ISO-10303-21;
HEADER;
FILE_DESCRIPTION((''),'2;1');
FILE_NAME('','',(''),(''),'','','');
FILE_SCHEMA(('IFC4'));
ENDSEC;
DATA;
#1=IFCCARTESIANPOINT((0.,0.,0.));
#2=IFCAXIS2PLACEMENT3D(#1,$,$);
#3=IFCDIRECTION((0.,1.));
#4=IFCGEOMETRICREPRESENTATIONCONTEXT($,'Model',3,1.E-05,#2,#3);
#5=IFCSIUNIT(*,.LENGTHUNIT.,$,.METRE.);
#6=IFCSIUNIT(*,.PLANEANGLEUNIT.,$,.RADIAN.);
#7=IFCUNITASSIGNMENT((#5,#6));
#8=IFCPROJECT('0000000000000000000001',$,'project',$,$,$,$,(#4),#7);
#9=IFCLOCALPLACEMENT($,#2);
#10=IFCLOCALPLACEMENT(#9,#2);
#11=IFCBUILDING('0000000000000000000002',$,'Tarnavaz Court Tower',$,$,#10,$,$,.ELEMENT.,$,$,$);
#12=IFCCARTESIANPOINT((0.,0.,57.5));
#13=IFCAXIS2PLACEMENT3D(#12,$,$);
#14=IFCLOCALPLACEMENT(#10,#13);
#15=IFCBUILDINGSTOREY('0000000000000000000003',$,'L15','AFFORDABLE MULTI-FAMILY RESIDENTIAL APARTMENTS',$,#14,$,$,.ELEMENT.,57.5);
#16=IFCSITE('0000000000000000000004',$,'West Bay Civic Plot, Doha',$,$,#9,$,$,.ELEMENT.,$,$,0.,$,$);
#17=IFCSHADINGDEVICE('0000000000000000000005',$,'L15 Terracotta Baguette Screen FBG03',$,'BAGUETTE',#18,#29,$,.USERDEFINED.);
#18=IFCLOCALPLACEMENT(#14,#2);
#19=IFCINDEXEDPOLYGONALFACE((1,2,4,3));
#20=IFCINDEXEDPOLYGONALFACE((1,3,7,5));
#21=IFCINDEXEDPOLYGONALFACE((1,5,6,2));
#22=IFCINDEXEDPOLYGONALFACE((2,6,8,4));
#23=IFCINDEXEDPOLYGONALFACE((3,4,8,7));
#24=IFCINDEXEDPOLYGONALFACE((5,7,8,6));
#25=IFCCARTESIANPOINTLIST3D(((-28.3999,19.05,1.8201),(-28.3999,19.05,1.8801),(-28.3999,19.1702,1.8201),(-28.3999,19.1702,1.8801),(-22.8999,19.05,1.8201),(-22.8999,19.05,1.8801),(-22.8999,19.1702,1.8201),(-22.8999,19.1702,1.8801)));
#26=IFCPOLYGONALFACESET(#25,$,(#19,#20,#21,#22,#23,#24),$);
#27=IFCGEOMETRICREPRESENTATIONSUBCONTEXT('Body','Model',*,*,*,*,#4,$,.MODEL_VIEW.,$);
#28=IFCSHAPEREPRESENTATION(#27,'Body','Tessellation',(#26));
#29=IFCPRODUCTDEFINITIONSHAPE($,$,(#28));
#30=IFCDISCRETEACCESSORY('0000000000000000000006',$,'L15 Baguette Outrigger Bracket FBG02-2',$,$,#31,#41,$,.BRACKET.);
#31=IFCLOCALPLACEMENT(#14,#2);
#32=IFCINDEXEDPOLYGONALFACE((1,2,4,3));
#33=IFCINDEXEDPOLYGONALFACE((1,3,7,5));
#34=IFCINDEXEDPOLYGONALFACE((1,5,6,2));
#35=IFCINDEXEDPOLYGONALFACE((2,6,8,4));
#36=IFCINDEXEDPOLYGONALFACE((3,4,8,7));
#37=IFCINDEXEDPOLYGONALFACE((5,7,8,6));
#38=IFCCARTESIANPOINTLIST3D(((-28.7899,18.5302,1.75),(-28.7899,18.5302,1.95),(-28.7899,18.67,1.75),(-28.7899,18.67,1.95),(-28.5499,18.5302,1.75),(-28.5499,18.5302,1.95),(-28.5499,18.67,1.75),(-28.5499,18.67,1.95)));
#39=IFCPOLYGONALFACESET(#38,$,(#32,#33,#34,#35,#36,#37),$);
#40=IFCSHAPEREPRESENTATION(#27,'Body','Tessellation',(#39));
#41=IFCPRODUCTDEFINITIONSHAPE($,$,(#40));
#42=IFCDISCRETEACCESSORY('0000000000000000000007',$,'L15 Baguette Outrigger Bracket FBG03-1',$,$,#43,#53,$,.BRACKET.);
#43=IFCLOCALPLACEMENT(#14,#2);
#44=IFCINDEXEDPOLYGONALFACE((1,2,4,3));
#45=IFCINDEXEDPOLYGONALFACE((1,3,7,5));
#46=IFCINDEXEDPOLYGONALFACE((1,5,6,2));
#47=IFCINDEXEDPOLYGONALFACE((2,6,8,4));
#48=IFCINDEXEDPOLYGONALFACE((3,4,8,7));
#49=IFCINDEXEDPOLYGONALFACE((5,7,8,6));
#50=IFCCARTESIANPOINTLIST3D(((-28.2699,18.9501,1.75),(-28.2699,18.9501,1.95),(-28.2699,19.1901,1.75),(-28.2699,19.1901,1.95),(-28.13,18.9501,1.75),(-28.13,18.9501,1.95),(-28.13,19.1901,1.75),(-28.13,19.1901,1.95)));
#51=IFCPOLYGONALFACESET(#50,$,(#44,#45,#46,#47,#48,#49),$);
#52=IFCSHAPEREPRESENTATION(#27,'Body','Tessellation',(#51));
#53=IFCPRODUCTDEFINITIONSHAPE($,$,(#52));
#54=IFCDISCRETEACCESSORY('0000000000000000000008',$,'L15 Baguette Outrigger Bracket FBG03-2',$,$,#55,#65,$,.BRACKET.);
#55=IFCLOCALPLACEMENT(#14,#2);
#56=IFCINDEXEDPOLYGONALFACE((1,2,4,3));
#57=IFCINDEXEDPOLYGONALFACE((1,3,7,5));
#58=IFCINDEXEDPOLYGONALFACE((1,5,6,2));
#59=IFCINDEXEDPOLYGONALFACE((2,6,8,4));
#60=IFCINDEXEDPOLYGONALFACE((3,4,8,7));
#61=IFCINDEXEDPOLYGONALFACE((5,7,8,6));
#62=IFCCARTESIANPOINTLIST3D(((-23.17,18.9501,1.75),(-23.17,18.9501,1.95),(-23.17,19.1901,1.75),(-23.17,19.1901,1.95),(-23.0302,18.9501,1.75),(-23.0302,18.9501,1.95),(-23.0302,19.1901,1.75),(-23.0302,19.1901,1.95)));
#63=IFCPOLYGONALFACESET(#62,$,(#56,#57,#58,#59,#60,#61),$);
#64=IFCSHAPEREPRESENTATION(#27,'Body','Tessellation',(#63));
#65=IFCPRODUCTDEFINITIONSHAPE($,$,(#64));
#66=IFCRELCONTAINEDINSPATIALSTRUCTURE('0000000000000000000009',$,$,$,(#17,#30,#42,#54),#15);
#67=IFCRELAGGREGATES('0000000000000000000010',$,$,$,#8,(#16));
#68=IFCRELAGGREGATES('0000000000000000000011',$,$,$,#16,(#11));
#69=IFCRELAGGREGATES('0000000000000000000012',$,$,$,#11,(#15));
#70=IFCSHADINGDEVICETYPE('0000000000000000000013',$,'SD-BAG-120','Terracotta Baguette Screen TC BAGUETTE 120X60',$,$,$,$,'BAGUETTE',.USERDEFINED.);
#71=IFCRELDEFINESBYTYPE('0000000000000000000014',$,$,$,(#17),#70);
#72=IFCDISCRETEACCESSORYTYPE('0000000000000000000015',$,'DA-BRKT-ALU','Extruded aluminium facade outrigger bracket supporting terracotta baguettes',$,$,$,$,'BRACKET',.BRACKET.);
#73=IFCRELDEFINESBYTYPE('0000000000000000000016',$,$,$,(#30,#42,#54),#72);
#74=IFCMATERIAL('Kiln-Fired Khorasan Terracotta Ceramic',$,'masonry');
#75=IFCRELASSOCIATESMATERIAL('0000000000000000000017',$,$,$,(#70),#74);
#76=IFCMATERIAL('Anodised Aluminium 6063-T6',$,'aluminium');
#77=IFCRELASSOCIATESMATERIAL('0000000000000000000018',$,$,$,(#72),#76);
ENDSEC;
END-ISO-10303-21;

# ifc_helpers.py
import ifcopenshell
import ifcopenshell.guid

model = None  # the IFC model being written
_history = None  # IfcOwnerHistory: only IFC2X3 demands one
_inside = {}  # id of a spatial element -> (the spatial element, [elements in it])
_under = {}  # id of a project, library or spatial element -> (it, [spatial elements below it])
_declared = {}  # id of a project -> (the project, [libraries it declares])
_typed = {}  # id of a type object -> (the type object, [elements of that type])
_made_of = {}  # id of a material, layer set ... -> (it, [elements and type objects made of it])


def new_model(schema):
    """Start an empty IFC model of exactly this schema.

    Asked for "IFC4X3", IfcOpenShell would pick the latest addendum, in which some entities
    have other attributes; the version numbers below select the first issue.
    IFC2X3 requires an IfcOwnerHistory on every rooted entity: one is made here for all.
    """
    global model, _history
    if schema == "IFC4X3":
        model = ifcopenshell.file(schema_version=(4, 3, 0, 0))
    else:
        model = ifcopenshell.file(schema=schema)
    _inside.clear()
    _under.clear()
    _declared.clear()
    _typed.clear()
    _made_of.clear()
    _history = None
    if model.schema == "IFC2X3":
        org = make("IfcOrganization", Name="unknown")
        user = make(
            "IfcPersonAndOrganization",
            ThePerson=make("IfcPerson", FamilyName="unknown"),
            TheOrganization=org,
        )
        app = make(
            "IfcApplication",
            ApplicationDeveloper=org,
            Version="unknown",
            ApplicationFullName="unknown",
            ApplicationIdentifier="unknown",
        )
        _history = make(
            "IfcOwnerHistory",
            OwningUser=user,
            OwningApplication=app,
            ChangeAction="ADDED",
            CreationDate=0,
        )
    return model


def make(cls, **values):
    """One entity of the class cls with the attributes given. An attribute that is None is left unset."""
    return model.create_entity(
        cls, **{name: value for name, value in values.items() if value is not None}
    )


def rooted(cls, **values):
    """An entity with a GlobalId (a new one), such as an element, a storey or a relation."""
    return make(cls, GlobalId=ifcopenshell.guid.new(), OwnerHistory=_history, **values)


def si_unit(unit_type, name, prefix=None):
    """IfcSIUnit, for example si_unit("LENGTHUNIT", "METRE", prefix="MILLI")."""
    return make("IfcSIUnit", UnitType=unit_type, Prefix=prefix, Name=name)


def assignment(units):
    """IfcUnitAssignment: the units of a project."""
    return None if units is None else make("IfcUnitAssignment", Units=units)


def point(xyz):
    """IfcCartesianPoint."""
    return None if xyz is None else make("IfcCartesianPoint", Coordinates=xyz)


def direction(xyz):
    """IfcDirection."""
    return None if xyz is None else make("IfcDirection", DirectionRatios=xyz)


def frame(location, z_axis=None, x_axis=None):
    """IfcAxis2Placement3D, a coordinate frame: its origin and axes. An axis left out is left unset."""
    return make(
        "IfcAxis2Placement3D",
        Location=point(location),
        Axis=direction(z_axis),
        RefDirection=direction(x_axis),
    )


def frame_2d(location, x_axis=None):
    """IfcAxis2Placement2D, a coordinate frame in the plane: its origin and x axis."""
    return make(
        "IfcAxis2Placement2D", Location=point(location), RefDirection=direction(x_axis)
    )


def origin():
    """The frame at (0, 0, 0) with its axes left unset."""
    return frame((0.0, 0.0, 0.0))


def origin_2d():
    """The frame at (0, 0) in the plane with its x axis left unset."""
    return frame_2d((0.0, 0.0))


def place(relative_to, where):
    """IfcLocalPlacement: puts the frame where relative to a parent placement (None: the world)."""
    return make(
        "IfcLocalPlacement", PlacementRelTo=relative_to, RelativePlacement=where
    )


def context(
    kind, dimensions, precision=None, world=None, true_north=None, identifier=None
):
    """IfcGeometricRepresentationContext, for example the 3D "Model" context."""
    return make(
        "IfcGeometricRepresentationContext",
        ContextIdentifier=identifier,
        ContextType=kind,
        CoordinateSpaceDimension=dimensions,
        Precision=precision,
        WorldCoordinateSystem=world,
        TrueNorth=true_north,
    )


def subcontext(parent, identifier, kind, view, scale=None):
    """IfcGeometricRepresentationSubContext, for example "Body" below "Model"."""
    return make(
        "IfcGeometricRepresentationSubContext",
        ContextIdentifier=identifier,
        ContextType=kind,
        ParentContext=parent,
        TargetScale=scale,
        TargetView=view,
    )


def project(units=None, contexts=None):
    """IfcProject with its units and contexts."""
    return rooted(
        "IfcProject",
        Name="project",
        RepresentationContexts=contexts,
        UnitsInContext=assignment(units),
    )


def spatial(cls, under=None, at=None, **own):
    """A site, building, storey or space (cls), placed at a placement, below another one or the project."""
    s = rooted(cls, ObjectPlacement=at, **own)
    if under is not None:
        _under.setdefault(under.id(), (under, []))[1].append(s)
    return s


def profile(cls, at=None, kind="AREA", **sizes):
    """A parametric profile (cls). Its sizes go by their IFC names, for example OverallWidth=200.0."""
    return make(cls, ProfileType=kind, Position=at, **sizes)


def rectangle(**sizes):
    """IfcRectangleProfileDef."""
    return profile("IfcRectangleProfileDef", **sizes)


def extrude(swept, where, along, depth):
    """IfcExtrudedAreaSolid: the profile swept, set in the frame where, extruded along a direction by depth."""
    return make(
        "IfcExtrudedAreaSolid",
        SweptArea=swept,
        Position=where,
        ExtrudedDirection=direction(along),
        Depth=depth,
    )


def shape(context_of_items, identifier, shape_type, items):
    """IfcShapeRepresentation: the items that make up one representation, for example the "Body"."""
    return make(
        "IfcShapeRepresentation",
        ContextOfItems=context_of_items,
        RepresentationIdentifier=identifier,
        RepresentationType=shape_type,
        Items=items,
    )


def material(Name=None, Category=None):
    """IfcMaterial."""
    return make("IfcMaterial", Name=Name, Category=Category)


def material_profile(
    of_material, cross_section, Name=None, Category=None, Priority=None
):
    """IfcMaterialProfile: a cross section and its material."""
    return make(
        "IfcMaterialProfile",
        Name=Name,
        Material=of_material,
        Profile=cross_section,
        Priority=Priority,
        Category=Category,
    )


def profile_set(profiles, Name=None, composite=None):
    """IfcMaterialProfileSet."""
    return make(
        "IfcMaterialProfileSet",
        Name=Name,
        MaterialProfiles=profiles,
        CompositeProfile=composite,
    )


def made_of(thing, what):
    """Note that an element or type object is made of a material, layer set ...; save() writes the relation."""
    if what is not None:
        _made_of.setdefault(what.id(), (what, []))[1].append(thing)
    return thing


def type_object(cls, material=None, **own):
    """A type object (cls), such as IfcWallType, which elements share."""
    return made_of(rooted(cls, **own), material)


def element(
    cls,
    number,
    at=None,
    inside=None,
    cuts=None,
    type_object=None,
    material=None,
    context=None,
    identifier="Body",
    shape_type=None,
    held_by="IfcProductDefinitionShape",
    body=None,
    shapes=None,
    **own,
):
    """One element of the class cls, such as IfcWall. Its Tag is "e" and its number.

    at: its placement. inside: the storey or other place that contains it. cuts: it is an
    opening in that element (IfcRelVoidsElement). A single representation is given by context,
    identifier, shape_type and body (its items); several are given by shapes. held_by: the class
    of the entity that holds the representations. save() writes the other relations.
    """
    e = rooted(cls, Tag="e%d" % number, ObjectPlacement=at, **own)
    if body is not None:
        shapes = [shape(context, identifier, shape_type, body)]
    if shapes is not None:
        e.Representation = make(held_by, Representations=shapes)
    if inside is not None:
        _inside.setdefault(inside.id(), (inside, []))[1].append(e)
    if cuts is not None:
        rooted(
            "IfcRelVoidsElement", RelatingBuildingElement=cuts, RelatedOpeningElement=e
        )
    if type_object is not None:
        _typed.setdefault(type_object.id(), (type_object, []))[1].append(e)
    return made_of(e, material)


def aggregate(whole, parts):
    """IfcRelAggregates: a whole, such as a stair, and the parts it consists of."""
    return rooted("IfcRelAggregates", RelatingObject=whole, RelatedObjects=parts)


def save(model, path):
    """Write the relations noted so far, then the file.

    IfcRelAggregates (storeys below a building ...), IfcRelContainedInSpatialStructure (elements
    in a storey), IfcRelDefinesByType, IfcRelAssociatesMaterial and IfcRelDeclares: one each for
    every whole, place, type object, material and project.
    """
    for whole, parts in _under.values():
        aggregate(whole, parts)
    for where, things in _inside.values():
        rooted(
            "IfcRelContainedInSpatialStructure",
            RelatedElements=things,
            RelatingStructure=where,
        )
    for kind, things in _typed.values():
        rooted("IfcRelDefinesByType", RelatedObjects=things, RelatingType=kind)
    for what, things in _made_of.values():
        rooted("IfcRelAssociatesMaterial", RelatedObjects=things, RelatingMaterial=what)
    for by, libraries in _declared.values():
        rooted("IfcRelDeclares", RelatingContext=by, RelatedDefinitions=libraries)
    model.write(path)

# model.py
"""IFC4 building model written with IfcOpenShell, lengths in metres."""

from ifc_helpers import new_model, si_unit, direction, frame, origin, origin_2d, place, context, subcontext, project, spatial, rectangle, extrude, material, material_profile, profile_set, type_object, element, save


model = new_model("IFC4")

# Units and contexts
model_context = context("Model", 3, precision=1e-05, world=origin(), true_north=direction((0.0, 1.0)))
body_context = subcontext(model_context, "Body", "Model", "MODEL_VIEW")
ifc_project = project(units=[si_unit("LENGTHUNIT", "METRE"), si_unit("PLANEANGLEUNIT", "RADIAN")], contexts=[model_context])

# Site, building, storey
site_placement = place(None, origin())
site = spatial("IfcSite", under=ifc_project, at=site_placement, Name="West Bay Civic Plot, Doha", CompositionType="ELEMENT", RefElevation=0.0)
building_placement = place(site_placement, origin())
building = spatial("IfcBuilding", under=site, at=building_placement, Name="Tarnavaz Court Tower", CompositionType="ELEMENT")
storey_placement = place(building_placement, frame((0.0, 0.0, 57.5)))
storey = spatial("IfcBuildingStorey", under=building, at=storey_placement, Name="L15", Description="AFFORDABLE MULTI-FAMILY RESIDENTIAL APARTMENTS", CompositionType="ELEMENT", Elevation=57.5)

# Shading device
ifc_material_1 = material(Name="Kiln-Fired Khorasan Terracotta Ceramic", Category="masonry")
ifc_material_profile_1 = material_profile(ifc_material_1, rectangle(XDim=0.1201, YDim=0.0601, at=origin_2d()), Name="TC BAGUETTE 120X60")
ifc_profile_set_1 = profile_set([ifc_material_profile_1], Name="Kiln-Fired Khorasan Terracotta Ceramic")
shading_device_type = type_object("IfcShadingDeviceType", Name="SD-BAG-120", Description="Terracotta Baguette Screen TC BAGUETTE 120X60", ElementType="BAGUETTE", PredefinedType="USERDEFINED", material=ifc_profile_set_1)
shading_device_placement = place(storey_placement, frame((-28.3999, 19.1101, 1.8501), z_axis=(1.0, 0.0, 0.0), x_axis=(0.0, 1.0, 0.0)))
element("IfcShadingDevice", 1, at=shading_device_placement, inside=storey, type_object=shading_device_type, Name="L15 Terracotta Baguette Screen FBG03", ObjectType="BAGUETTE", PredefinedType="USERDEFINED", context=body_context, shape_type="SweptSolid", body=[
    extrude(rectangle(XDim=0.1201, YDim=0.0601, at=origin_2d()), origin(), (0.0, 0.0, 1.0), 5.5),
])

# Discrete accessories
ifc_material_2 = material(Name="Anodised Aluminium 6063-T6", Category="aluminium")
discrete_accessory_type = type_object("IfcDiscreteAccessoryType", Name="DA-BRKT-ALU", Description="Extruded aluminium facade outrigger bracket supporting terracotta baguettes", ElementType="BRACKET", PredefinedType="BRACKET", material=ifc_material_2)
for number, where, z_axis, x_axis, name in (
    (2, (-28.6699, 18.6001, 1.75), (0.0, 0.0, 1.0), (0.0, 1.0, 0.0), "L15 Baguette Outrigger Bracket FBG02-2"),
    (3, (-28.2, 19.0701, 1.75), (0.0, 0.0, 1.0), (1.0, 0.0, 0.0), "L15 Baguette Outrigger Bracket FBG03-1"),
    (4, (-23.1001, 19.0701, 1.75), (0.0, 0.0, 1.0), (1.0, 0.0, 0.0), "L15 Baguette Outrigger Bracket FBG03-2"),
):
    element("IfcDiscreteAccessory", number, at=place(storey_placement, frame(where, z_axis=z_axis, x_axis=x_axis)), inside=storey, type_object=discrete_accessory_type, Name=name, PredefinedType="BRACKET", context=body_context, shape_type="SweptSolid", body=[
        extrude(rectangle(XDim=0.1399, YDim=0.24, at=origin_2d()), origin(), (0.0, 0.0, 1.0), 0.2),
    ])

save(model, "model.ifc")
